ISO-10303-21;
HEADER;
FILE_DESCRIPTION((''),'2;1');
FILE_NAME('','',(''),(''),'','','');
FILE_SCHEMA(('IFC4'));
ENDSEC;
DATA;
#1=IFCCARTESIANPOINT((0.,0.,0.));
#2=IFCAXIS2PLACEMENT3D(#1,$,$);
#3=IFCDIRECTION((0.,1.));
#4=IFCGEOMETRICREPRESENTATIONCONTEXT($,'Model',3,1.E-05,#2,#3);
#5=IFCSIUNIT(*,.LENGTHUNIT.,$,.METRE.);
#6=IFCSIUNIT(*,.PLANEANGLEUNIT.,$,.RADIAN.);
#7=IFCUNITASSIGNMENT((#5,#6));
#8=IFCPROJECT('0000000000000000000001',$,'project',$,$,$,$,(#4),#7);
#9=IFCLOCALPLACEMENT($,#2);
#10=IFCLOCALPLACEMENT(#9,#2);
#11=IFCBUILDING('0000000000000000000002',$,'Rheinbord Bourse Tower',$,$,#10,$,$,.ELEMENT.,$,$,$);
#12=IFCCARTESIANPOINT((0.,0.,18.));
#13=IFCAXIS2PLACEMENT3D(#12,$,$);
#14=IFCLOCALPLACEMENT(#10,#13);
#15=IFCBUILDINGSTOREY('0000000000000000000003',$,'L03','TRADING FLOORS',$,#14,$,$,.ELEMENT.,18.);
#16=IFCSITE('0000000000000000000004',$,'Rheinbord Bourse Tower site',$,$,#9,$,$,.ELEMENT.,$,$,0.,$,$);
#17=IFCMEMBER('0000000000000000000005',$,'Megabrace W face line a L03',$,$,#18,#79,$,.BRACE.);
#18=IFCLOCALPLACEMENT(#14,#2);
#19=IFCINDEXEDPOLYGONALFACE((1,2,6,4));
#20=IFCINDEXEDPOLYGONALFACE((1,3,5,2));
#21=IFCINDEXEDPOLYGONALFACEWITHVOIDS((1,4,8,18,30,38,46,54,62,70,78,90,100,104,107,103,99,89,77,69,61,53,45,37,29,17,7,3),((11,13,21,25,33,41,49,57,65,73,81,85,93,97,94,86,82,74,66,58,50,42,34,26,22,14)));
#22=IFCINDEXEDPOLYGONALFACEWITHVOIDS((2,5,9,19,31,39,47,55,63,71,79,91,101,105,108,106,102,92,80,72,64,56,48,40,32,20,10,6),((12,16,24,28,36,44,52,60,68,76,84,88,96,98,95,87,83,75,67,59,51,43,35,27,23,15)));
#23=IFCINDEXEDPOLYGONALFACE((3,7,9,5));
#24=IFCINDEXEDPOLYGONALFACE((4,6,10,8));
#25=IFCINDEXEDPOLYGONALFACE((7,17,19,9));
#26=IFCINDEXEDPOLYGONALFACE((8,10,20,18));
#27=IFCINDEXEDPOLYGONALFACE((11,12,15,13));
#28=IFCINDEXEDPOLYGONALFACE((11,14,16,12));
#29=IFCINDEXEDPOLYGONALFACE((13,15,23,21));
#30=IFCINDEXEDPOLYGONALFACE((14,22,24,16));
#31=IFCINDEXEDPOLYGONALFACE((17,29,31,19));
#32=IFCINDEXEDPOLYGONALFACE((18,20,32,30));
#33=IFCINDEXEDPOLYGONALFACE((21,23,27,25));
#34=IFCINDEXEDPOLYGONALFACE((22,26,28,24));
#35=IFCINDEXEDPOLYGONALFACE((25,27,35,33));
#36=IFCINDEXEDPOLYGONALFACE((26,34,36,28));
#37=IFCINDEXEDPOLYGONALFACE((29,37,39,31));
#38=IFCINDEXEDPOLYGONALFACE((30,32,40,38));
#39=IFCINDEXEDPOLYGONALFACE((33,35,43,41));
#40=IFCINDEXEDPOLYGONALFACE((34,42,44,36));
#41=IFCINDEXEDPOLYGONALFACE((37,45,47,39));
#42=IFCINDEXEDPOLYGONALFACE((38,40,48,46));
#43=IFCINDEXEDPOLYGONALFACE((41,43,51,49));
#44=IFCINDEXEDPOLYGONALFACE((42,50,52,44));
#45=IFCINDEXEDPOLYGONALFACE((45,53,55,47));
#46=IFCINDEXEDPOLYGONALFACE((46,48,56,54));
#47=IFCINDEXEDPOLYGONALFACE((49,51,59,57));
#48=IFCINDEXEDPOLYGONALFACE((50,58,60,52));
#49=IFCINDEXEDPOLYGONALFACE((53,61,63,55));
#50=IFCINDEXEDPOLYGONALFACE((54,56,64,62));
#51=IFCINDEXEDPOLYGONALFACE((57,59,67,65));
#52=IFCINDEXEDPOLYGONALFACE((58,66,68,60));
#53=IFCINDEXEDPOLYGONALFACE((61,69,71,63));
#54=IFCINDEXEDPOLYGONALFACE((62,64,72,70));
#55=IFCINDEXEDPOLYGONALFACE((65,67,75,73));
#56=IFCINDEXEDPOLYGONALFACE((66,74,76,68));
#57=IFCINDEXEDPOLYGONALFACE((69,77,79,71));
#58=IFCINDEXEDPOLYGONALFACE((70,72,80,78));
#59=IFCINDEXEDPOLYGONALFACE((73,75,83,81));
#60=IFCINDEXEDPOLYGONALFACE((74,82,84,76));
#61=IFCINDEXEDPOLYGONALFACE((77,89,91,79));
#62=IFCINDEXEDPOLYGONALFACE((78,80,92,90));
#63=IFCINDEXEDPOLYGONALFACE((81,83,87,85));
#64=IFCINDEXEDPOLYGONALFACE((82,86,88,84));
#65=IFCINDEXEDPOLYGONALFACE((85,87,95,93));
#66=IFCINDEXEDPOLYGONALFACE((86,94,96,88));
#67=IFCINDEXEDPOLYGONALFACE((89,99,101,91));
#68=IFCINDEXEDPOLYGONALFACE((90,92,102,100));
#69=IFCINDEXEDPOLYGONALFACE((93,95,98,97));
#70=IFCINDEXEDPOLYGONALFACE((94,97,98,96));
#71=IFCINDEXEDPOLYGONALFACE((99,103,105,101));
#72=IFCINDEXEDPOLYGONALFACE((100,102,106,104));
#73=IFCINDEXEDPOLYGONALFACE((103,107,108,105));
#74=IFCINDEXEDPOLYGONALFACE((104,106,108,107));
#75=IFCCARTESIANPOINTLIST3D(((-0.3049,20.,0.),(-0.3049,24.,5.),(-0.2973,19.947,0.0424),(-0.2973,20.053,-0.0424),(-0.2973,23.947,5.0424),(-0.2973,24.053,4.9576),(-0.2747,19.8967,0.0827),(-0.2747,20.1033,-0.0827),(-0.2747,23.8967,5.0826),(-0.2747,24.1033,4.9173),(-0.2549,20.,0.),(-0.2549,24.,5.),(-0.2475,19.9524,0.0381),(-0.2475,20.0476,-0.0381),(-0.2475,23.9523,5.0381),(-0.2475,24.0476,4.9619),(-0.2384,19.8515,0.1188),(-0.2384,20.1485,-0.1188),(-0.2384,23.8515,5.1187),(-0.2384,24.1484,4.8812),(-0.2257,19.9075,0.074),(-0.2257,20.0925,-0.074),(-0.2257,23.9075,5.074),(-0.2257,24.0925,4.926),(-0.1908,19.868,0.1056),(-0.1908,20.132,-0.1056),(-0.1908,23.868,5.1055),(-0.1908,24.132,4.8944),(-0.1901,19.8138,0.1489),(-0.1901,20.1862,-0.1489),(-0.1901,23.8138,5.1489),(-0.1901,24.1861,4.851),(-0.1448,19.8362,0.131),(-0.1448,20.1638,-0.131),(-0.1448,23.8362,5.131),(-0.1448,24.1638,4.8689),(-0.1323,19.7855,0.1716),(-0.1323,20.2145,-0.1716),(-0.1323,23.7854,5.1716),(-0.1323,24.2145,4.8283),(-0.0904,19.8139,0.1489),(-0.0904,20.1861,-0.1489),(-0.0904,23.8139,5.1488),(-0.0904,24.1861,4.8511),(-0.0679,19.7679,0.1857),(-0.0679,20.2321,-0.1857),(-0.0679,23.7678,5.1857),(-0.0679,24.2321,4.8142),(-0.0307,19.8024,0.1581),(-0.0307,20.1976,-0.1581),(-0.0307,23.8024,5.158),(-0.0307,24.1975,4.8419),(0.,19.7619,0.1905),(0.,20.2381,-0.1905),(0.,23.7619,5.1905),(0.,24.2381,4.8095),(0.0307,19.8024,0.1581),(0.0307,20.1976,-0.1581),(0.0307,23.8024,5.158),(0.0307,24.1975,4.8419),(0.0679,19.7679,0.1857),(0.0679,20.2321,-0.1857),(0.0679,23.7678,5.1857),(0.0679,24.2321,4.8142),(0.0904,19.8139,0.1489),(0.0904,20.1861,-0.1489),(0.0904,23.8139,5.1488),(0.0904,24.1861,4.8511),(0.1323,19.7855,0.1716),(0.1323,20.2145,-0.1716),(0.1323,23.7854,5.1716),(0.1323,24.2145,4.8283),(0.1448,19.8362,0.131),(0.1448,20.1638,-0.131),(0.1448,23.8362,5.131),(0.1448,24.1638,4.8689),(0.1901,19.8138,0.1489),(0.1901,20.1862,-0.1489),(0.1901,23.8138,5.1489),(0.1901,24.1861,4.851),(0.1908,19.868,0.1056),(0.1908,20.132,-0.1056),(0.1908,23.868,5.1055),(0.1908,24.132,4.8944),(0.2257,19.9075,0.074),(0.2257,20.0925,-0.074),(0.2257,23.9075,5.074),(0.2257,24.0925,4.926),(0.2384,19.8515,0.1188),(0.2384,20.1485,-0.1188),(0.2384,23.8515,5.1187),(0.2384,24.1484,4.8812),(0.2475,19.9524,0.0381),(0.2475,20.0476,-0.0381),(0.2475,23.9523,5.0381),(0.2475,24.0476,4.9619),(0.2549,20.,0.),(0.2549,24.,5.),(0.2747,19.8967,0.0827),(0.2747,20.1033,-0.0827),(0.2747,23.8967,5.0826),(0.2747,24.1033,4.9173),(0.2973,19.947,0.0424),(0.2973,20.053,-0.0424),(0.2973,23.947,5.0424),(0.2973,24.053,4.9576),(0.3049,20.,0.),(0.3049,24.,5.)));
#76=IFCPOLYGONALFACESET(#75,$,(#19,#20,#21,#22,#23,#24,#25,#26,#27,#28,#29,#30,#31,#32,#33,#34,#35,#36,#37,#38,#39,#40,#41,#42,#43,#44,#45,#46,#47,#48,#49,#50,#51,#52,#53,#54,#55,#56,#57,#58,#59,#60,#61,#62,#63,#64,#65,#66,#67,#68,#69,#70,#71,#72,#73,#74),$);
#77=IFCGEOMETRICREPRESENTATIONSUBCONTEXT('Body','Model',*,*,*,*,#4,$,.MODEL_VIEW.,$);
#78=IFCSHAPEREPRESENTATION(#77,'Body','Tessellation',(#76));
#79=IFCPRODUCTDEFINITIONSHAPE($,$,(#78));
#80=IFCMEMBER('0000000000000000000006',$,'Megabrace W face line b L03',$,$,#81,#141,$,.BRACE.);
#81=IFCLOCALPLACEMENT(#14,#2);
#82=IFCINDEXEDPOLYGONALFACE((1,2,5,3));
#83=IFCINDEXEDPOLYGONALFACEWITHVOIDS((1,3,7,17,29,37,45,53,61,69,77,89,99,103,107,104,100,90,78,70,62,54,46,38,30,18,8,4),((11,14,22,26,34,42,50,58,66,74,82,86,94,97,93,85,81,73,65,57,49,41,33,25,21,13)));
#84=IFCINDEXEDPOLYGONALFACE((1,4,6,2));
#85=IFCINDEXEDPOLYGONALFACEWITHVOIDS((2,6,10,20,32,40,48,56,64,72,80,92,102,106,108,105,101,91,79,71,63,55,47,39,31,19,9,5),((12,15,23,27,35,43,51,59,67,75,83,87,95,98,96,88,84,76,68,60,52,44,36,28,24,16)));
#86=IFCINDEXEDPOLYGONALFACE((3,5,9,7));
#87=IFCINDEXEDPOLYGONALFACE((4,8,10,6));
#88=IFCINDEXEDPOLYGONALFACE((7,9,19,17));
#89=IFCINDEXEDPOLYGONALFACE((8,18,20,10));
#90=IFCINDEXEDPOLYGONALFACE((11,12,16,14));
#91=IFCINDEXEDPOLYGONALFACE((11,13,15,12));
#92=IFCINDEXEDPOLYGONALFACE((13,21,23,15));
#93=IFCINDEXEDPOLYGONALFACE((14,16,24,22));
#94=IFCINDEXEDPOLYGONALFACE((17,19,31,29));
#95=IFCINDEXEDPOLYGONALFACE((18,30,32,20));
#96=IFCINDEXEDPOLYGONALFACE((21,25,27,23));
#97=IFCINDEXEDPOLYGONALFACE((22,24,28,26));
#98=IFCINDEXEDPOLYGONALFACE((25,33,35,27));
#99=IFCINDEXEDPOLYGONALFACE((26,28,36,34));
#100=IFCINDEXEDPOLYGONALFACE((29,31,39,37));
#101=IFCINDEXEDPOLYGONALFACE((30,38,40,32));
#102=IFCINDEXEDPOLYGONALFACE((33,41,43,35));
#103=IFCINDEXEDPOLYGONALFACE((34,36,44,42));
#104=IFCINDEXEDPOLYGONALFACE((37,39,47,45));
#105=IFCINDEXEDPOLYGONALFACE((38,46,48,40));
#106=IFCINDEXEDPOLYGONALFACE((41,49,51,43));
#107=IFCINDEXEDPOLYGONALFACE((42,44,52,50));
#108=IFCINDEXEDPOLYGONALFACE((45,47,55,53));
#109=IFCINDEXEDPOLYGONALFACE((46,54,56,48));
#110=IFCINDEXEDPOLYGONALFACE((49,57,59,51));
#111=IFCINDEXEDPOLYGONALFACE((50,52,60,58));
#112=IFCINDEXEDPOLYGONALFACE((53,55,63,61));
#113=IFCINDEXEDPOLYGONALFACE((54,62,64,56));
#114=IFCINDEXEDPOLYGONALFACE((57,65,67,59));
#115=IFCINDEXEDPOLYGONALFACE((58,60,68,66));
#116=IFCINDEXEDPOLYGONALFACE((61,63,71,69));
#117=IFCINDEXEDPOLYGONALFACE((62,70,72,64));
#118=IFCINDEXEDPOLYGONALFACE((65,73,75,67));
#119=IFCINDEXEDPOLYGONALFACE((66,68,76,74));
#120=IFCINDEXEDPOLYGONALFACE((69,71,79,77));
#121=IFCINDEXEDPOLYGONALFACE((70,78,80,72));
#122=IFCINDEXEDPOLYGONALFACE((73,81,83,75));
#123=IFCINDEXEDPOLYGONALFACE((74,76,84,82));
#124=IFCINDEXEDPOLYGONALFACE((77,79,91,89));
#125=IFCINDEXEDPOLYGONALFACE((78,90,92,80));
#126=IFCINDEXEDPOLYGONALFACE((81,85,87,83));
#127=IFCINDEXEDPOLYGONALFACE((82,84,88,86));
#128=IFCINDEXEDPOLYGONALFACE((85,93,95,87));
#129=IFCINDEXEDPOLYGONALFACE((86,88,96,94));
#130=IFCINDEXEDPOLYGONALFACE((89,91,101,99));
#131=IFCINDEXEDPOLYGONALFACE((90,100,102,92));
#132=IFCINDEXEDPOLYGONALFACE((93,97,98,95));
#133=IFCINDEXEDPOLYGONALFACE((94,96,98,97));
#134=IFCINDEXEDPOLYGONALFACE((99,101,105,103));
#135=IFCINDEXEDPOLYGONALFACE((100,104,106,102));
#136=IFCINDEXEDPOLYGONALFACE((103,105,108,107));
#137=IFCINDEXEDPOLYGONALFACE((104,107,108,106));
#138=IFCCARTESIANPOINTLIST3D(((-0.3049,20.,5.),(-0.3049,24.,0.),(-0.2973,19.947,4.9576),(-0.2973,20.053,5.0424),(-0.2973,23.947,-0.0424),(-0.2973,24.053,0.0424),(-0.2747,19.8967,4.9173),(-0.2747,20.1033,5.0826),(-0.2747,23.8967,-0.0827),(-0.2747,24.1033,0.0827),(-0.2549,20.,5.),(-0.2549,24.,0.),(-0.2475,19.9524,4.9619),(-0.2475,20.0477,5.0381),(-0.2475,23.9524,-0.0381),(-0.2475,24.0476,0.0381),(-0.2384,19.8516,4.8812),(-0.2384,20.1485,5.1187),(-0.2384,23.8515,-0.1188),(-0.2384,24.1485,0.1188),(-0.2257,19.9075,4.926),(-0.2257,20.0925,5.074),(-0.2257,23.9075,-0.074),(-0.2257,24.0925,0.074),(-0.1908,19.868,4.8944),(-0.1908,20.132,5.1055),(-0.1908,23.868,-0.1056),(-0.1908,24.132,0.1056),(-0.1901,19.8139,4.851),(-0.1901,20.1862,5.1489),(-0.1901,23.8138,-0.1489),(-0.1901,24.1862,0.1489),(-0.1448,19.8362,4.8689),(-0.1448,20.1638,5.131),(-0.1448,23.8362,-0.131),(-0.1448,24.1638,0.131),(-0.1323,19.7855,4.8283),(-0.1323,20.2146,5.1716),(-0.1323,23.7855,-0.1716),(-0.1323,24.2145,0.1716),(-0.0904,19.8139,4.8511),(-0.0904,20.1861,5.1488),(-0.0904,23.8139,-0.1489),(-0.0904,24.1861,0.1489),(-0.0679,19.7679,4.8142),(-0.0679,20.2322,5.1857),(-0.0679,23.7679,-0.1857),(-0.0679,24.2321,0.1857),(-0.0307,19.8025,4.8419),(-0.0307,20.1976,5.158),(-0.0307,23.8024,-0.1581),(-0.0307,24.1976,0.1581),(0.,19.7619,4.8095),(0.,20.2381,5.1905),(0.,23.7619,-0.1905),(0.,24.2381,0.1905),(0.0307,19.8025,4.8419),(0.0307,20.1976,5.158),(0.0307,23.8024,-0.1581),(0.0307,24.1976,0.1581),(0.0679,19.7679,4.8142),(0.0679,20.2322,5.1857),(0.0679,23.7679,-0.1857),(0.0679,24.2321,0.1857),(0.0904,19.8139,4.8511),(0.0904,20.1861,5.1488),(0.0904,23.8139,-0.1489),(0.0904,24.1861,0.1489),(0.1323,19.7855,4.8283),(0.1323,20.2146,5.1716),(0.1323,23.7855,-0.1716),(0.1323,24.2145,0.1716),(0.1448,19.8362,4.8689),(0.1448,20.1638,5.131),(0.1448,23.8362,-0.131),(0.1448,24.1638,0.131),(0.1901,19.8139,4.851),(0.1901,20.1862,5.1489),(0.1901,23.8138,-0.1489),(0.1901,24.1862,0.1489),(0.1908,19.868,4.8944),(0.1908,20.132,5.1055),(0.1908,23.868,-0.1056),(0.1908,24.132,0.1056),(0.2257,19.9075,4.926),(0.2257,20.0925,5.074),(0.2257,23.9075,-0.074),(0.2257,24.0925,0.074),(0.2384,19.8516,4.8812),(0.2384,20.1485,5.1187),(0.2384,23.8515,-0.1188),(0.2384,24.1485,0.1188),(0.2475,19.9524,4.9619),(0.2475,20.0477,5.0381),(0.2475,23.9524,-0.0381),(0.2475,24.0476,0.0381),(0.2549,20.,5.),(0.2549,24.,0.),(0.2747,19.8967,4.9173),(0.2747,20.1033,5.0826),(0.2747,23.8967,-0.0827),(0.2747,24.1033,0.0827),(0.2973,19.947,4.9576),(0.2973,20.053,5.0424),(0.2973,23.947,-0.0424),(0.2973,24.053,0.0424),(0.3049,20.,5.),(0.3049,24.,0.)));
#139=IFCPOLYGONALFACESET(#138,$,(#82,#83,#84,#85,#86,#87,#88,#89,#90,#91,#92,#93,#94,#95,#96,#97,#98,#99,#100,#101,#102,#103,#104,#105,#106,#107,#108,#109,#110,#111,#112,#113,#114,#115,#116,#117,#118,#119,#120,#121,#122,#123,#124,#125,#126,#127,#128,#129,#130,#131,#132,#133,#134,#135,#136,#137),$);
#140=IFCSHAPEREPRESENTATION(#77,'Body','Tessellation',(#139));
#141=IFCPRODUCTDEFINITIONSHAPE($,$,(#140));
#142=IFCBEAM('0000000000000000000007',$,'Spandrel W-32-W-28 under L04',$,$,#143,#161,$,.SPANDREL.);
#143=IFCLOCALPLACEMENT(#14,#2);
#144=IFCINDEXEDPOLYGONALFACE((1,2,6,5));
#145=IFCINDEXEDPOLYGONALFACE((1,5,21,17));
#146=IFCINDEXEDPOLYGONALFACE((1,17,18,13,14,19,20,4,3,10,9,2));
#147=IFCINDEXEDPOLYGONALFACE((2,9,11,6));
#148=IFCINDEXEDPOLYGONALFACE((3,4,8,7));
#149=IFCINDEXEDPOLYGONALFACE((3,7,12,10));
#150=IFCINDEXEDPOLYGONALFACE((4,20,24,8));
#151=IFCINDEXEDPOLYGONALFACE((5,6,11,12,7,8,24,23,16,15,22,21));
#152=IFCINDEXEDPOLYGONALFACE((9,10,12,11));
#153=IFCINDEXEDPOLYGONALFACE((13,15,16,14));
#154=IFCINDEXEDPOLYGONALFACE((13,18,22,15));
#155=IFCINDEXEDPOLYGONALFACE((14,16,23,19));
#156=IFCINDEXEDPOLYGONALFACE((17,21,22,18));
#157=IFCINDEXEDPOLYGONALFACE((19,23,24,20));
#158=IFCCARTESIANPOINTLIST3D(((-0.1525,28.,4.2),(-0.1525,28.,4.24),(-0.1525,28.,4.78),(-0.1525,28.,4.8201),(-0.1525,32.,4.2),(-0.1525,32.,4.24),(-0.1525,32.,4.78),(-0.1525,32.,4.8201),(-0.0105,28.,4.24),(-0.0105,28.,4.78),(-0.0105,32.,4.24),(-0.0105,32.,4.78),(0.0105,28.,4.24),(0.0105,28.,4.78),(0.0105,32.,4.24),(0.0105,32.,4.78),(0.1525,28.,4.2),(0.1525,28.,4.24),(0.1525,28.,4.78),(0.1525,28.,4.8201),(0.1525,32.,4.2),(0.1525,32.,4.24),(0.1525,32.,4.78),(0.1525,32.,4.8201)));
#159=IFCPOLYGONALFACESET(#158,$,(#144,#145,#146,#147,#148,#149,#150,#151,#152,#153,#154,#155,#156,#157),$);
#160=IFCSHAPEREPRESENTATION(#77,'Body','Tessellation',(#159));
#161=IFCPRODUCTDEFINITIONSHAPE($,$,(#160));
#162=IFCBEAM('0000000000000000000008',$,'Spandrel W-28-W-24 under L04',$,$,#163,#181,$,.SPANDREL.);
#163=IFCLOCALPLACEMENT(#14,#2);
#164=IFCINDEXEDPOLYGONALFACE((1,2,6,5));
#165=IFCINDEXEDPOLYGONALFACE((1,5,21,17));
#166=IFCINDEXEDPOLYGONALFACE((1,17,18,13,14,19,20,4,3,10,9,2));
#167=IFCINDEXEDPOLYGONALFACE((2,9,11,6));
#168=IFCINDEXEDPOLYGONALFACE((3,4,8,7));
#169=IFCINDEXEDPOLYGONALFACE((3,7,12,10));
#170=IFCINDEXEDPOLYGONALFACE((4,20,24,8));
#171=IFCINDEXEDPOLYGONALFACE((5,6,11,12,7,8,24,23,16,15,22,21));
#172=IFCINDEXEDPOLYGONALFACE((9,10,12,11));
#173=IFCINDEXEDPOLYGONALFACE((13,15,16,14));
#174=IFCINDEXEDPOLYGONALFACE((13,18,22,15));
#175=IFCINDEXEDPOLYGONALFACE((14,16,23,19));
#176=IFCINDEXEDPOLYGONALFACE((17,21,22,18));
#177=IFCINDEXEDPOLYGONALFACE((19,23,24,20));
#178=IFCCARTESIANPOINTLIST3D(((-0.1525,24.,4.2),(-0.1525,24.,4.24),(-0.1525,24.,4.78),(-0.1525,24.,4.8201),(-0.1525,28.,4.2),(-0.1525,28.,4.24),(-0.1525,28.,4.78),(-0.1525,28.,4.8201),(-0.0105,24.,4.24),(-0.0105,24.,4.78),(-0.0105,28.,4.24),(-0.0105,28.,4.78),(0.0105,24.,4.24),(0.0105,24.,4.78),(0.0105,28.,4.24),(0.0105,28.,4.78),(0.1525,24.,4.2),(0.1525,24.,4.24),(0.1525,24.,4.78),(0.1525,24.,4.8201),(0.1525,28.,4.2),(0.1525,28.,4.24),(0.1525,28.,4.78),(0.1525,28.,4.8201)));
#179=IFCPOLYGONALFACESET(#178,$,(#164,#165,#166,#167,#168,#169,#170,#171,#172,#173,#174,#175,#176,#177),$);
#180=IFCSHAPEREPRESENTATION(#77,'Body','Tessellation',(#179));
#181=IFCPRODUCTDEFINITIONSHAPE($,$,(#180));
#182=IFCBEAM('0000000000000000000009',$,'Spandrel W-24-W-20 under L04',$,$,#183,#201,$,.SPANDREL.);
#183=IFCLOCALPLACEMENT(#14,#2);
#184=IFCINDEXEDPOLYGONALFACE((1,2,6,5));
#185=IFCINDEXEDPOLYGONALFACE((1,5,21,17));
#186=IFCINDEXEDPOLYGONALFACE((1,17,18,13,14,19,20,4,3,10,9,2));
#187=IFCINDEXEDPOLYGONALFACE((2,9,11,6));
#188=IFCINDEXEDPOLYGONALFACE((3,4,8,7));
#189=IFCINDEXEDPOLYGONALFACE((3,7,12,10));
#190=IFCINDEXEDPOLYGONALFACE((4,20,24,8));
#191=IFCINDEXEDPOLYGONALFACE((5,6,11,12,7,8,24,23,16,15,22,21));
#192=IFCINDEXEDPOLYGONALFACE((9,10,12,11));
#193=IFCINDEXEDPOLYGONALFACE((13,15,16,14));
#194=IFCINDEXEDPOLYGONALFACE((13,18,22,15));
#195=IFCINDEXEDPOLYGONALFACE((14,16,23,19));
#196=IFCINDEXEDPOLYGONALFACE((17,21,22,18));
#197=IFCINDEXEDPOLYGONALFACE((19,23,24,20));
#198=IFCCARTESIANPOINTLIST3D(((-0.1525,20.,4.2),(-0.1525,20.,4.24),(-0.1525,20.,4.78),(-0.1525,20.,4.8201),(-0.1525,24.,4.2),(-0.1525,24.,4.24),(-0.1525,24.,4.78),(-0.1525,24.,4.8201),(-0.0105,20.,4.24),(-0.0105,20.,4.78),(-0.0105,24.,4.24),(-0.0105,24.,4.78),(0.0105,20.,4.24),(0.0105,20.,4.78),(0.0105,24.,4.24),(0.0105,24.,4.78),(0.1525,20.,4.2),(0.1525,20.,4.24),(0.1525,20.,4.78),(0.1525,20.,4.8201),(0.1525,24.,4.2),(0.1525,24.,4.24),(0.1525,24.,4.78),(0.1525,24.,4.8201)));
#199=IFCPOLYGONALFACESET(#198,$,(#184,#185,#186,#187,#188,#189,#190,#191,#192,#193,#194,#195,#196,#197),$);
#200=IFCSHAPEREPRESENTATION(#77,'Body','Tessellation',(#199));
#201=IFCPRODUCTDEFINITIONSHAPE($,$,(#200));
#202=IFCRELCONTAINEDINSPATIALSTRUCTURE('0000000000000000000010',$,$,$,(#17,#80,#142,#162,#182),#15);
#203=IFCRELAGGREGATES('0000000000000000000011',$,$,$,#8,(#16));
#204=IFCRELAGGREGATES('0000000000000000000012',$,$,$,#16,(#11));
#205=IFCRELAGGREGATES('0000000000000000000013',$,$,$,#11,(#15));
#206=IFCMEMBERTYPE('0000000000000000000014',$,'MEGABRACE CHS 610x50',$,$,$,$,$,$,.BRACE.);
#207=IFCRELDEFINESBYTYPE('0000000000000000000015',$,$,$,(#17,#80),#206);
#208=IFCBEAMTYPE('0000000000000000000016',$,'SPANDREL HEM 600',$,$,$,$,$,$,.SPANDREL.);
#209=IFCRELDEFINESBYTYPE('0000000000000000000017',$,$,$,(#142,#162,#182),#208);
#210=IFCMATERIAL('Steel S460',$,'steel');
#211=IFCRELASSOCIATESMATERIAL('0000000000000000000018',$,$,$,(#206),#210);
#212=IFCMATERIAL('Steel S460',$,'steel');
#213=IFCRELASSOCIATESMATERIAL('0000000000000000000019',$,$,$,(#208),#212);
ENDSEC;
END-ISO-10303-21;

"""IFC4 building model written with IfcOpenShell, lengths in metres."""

from ifc_helpers import new_model, si_unit, direction, frame, origin, origin_2d, place, context, subcontext, project, spatial, hollow_circle, i_section, extrude, material, material_profile, profile_set, type_object, element, save


model = new_model("IFC4")

# Units and contexts
model_context = context("Model", 3, precision=1e-05, world=origin(), true_north=direction((0.0, 1.0)))
body_context = subcontext(model_context, "Body", "Model", "MODEL_VIEW")
ifc_project = project(units=[si_unit("LENGTHUNIT", "METRE"), si_unit("PLANEANGLEUNIT", "RADIAN")], contexts=[model_context])

# Site, building, storey
site_placement = place(None, origin())
site = spatial("IfcSite", under=ifc_project, at=site_placement, Name="Rheinbord Bourse Tower site", CompositionType="ELEMENT", RefElevation=0.0)
building_placement = place(site_placement, origin())
building = spatial("IfcBuilding", under=site, at=building_placement, Name="Rheinbord Bourse Tower", CompositionType="ELEMENT")
storey_placement = place(building_placement, frame((0.0, 0.0, 18.0)))
storey = spatial("IfcBuildingStorey", under=building, at=storey_placement, Name="L03", Description="TRADING FLOORS", CompositionType="ELEMENT", Elevation=18.0)

# Members
ifc_material_1 = material(Name="Steel S460", Category="steel")
ifc_material_profile_1 = material_profile(ifc_material_1, hollow_circle(Radius=0.3049, WallThickness=0.05, at=origin_2d()), Name="CHS 610x50")
ifc_profile_set_1 = profile_set([ifc_material_profile_1], Name="Steel S460")
member_type_1 = type_object("IfcMemberType", Name="MEGABRACE CHS 610x50", PredefinedType="BRACE", material=ifc_profile_set_1)
for number, where, z_axis, x_axis, name in (
    (1, (0.0, 20.0, 0.0), (0.0, 0.624695, 0.780869), (-1.0, 0.0, 0.0), "Megabrace W face line a L03"),
    (2, (0.0, 24.0, 0.0), (0.0, -0.624695, 0.780869), (1.0, 0.0, 0.0), "Megabrace W face line b L03"),
):
    element("IfcMember", number, at=place(storey_placement, frame(where, z_axis=z_axis, x_axis=x_axis)), inside=storey, type_object=member_type_1, Name=name, PredefinedType="BRACE", context=body_context, shape_type="SweptSolid", body=[
        extrude(hollow_circle(Radius=0.3049, WallThickness=0.05, at=origin_2d()), origin(), (0.0, 0.0, 1.0), 6.4031),
    ])

# Beams
ifc_material_2 = material(Name="Steel S460", Category="steel")
ifc_material_profile_2 = material_profile(ifc_material_2, i_section(OverallWidth=0.3049, OverallDepth=0.6201, WebThickness=0.021, FlangeThickness=0.04, at=origin_2d()), Name="HEM 600")
ifc_profile_set_2 = profile_set([ifc_material_profile_2], Name="Steel S460")
beam_type_1 = type_object("IfcBeamType", Name="SPANDREL HEM 600", PredefinedType="SPANDREL", material=ifc_profile_set_2)
for number, where, z_axis, x_axis, name in (
    (3, (0.0, 32.0, 4.51), (0.0, -1.0, 0.0), (1.0, 0.0, 0.0), "Spandrel W-32-W-28 under L04"),
    (4, (0.0, 28.0, 4.51), (0.0, -1.0, 0.0), (1.0, 0.0, 0.0), "Spandrel W-28-W-24 under L04"),
    (5, (0.0, 24.0, 4.51), (0.0, -1.0, 0.0), (1.0, 0.0, 0.0), "Spandrel W-24-W-20 under L04"),
):
    element("IfcBeam", number, at=place(storey_placement, frame(where, z_axis=z_axis, x_axis=x_axis)), inside=storey, type_object=beam_type_1, Name=name, PredefinedType="SPANDREL", context=body_context, shape_type="SweptSolid", body=[
        extrude(i_section(OverallWidth=0.3049, OverallDepth=0.6201, WebThickness=0.021, FlangeThickness=0.04, at=origin_2d()), origin(), (0.0, 0.0, 1.0), 4.0),
    ])

save(model, "model.ifc")
